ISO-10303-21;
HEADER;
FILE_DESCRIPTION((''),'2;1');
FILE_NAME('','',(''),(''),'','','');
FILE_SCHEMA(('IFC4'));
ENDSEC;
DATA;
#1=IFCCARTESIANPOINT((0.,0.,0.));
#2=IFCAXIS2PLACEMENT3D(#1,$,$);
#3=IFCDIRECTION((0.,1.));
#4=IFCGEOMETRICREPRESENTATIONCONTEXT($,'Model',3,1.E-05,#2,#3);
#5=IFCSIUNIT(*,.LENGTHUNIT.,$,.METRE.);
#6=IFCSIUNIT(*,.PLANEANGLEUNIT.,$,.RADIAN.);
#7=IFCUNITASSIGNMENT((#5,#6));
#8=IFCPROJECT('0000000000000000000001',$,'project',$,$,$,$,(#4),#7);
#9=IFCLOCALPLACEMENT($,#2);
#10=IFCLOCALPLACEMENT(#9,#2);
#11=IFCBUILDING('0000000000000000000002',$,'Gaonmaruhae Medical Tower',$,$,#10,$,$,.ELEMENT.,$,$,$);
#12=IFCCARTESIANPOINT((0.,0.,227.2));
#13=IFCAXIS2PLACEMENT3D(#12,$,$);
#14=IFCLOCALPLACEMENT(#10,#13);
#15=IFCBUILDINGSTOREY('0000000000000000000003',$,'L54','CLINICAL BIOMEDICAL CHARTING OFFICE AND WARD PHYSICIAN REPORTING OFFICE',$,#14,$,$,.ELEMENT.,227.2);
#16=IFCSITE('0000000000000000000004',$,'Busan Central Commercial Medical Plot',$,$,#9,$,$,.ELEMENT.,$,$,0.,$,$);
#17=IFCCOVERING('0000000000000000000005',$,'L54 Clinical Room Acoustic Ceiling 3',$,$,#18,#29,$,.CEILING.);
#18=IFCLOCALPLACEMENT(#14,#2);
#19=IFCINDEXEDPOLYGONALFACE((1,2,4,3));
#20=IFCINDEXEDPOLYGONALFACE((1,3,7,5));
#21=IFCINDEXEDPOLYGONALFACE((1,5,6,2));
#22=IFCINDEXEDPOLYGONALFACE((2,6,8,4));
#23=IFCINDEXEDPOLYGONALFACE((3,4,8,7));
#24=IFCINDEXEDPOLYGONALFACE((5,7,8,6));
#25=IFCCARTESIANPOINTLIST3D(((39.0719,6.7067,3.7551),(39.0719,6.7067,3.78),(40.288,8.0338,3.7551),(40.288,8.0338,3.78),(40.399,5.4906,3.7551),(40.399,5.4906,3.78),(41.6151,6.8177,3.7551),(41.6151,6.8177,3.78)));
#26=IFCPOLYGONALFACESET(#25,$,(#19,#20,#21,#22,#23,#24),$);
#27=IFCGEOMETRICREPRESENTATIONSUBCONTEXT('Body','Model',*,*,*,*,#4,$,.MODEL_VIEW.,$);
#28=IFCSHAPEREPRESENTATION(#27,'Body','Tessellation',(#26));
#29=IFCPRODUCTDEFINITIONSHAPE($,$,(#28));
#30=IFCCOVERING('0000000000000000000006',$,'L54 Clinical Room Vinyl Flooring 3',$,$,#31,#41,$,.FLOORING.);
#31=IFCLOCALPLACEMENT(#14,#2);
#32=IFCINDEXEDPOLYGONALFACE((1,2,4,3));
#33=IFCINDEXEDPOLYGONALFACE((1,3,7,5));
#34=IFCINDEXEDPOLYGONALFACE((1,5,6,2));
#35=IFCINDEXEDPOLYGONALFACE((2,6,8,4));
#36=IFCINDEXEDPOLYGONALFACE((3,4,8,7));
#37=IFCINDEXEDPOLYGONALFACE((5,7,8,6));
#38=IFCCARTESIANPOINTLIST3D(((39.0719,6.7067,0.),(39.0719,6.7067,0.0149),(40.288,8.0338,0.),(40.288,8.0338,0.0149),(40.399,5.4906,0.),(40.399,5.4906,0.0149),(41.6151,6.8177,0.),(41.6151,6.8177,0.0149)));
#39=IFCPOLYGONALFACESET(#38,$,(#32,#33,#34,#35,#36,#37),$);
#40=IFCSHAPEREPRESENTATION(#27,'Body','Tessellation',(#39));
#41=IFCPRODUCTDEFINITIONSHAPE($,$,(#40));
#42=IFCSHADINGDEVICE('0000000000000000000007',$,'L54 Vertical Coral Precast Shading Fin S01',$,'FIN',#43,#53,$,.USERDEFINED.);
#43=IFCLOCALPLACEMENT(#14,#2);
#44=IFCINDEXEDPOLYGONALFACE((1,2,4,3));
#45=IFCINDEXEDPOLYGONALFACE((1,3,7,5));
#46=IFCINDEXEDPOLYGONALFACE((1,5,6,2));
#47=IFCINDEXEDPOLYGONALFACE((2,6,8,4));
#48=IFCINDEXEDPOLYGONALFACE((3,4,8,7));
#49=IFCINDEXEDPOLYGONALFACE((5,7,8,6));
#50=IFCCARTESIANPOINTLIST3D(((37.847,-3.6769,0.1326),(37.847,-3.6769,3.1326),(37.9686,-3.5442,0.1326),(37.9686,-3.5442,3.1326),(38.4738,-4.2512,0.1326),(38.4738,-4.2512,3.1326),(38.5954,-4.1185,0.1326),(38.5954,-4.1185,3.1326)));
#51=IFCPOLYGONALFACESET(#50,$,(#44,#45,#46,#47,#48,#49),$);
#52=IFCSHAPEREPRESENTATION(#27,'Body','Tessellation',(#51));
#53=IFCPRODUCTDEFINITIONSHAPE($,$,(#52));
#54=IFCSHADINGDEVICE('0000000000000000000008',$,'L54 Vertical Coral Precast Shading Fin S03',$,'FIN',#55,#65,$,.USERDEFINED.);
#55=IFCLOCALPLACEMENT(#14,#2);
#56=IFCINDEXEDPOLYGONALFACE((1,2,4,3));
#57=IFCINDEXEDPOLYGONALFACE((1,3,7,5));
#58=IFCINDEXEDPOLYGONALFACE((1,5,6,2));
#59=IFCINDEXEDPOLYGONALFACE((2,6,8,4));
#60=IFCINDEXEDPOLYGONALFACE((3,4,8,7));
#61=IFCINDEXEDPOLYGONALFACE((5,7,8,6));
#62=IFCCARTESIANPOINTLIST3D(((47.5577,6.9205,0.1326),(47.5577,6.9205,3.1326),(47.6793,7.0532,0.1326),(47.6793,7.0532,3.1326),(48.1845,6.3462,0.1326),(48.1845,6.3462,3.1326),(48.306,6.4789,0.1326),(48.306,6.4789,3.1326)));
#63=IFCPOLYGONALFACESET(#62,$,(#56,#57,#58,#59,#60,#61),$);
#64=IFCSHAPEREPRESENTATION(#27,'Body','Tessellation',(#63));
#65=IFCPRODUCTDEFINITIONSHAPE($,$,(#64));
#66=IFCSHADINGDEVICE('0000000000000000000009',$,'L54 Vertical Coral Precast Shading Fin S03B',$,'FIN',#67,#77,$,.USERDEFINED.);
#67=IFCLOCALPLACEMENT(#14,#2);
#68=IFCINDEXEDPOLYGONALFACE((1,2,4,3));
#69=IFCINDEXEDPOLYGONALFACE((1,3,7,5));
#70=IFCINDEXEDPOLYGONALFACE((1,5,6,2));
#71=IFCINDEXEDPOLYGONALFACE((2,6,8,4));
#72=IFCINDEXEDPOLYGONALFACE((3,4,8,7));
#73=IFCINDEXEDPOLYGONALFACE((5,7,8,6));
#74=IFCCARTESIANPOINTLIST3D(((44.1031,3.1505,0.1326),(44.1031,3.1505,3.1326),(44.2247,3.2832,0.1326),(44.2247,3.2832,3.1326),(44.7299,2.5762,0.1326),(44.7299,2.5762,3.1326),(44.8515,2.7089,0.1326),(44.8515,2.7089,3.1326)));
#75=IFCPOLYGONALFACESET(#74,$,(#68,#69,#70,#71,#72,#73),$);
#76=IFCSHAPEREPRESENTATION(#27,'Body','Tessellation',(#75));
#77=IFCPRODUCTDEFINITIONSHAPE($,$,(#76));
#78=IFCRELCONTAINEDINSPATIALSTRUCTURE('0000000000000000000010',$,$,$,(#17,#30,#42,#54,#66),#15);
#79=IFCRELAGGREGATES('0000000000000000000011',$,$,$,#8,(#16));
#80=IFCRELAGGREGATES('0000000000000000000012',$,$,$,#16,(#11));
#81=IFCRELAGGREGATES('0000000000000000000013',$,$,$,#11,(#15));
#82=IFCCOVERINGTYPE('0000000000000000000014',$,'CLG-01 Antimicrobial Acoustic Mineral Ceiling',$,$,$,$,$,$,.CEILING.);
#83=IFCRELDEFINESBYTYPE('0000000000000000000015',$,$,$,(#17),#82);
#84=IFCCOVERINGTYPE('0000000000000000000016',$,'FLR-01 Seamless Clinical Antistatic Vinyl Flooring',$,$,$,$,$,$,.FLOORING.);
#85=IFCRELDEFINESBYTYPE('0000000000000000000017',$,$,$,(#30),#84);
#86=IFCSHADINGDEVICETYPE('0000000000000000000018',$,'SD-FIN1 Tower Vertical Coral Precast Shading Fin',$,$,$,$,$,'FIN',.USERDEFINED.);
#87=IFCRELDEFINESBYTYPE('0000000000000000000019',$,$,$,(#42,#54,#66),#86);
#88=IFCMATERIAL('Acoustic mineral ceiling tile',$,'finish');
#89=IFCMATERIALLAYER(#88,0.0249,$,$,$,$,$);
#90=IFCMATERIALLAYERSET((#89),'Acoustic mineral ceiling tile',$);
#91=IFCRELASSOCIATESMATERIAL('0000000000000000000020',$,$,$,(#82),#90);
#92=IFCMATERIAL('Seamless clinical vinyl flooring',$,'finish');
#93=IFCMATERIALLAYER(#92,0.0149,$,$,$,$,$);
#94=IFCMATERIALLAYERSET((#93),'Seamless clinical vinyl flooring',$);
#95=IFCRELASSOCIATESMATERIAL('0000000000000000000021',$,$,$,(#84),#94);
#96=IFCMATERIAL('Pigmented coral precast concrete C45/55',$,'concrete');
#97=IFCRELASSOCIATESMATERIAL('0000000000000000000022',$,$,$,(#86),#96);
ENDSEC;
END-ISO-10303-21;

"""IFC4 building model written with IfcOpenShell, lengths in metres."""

from ifc_helpers import new_model, si_unit, direction, frame, origin, origin_2d, place, context, subcontext, project, spatial, rectangle, extrude, material, layer, layer_set, type_object, element, save


model = new_model("IFC4")

# Units and contexts
model_context = context("Model", 3, precision=1e-05, world=origin(), true_north=direction((0.0, 1.0)))
body_context = subcontext(model_context, "Body", "Model", "MODEL_VIEW")
ifc_project = project(units=[si_unit("LENGTHUNIT", "METRE"), si_unit("PLANEANGLEUNIT", "RADIAN")], contexts=[model_context])

# Site, building, storey
site_placement = place(None, origin())
site = spatial("IfcSite", under=ifc_project, at=site_placement, Name="Busan Central Commercial Medical Plot", CompositionType="ELEMENT", RefElevation=0.0)
building_placement = place(site_placement, origin())
building = spatial("IfcBuilding", under=site, at=building_placement, Name="Gaonmaruhae Medical Tower", CompositionType="ELEMENT")
storey_placement = place(building_placement, frame((0.0, 0.0, 227.2)))
storey = spatial("IfcBuildingStorey", under=building, at=storey_placement, Name="L54", Description="CLINICAL BIOMEDICAL CHARTING OFFICE AND WARD PHYSICIAN REPORTING OFFICE", CompositionType="ELEMENT", Elevation=227.2)

# Coverings
ifc_material_1 = material(Name="Acoustic mineral ceiling tile", Category="finish")
ifc_layer_1 = layer(ifc_material_1, 0.0249)
ifc_layer_set_1 = layer_set([ifc_layer_1], Name="Acoustic mineral ceiling tile")
covering_type_1 = type_object("IfcCoveringType", Name="CLG-01 Antimicrobial Acoustic Mineral Ceiling", PredefinedType="CEILING", material=ifc_layer_set_1)
covering_1_placement = place(storey_placement, frame((40.3435, 6.7622, 3.7551), z_axis=(0.0, 0.0, 1.0), x_axis=(0.67559, 0.737277, 0.0)))
element("IfcCovering", 1, at=covering_1_placement, inside=storey, type_object=covering_type_1, Name="L54 Clinical Room Acoustic Ceiling 3", PredefinedType="CEILING", context=body_context, shape_type="SweptSolid", body=[
    extrude(rectangle(XDim=1.8, YDim=1.8, at=origin_2d()), origin(), (0.0, 0.0, 1.0), 0.0249),
])
ifc_material_2 = material(Name="Seamless clinical vinyl flooring", Category="finish")
ifc_layer_2 = layer(ifc_material_2, 0.0149)
ifc_layer_set_2 = layer_set([ifc_layer_2], Name="Seamless clinical vinyl flooring")
covering_type_2 = type_object("IfcCoveringType", Name="FLR-01 Seamless Clinical Antistatic Vinyl Flooring", PredefinedType="FLOORING", material=ifc_layer_set_2)
covering_2_placement = place(storey_placement, frame((40.3435, 6.7622, 0.0), z_axis=(0.0, 0.0, 1.0), x_axis=(0.67559, 0.737277, 0.0)))
element("IfcCovering", 2, at=covering_2_placement, inside=storey, type_object=covering_type_2, Name="L54 Clinical Room Vinyl Flooring 3", PredefinedType="FLOORING", context=body_context, shape_type="SweptSolid", body=[
    extrude(rectangle(XDim=1.8, YDim=1.8, at=origin_2d()), origin(), (0.0, 0.0, 1.0), 0.0149),
])

# Shading devices
ifc_material_3 = material(Name="Pigmented coral precast concrete C45/55", Category="concrete")
shading_device_type = type_object("IfcShadingDeviceType", Name="SD-FIN1 Tower Vertical Coral Precast Shading Fin", ElementType="FIN", PredefinedType="USERDEFINED", material=ifc_material_3)
for number, where, z_axis, x_axis, name in (
    (3, (38.2212, -3.8977, 0.1326), (0.0, 0.0, 1.0), (-0.67559, -0.737277, 0.0), "L54 Vertical Coral Precast Shading Fin S01"),
    (4, (47.9319, 6.6997, 0.1326), (0.0, 0.0, 1.0), (-0.67559, -0.737277, 0.0), "L54 Vertical Coral Precast Shading Fin S03"),
    (5, (44.4773, 2.9297, 0.1326), (0.0, 0.0, 1.0), (-0.67559, -0.737277, 0.0), "L54 Vertical Coral Precast Shading Fin S03B"),
):
    element("IfcShadingDevice", number, at=place(storey_placement, frame(where, z_axis=z_axis, x_axis=x_axis)), inside=storey, type_object=shading_device_type, Name=name, ObjectType="FIN", PredefinedType="USERDEFINED", context=body_context, shape_type="SweptSolid", body=[
        extrude(rectangle(XDim=0.1799, YDim=0.8501, at=origin_2d()), origin(), (0.0, 0.0, 1.0), 3.0),
    ])

save(model, "model.ifc")
